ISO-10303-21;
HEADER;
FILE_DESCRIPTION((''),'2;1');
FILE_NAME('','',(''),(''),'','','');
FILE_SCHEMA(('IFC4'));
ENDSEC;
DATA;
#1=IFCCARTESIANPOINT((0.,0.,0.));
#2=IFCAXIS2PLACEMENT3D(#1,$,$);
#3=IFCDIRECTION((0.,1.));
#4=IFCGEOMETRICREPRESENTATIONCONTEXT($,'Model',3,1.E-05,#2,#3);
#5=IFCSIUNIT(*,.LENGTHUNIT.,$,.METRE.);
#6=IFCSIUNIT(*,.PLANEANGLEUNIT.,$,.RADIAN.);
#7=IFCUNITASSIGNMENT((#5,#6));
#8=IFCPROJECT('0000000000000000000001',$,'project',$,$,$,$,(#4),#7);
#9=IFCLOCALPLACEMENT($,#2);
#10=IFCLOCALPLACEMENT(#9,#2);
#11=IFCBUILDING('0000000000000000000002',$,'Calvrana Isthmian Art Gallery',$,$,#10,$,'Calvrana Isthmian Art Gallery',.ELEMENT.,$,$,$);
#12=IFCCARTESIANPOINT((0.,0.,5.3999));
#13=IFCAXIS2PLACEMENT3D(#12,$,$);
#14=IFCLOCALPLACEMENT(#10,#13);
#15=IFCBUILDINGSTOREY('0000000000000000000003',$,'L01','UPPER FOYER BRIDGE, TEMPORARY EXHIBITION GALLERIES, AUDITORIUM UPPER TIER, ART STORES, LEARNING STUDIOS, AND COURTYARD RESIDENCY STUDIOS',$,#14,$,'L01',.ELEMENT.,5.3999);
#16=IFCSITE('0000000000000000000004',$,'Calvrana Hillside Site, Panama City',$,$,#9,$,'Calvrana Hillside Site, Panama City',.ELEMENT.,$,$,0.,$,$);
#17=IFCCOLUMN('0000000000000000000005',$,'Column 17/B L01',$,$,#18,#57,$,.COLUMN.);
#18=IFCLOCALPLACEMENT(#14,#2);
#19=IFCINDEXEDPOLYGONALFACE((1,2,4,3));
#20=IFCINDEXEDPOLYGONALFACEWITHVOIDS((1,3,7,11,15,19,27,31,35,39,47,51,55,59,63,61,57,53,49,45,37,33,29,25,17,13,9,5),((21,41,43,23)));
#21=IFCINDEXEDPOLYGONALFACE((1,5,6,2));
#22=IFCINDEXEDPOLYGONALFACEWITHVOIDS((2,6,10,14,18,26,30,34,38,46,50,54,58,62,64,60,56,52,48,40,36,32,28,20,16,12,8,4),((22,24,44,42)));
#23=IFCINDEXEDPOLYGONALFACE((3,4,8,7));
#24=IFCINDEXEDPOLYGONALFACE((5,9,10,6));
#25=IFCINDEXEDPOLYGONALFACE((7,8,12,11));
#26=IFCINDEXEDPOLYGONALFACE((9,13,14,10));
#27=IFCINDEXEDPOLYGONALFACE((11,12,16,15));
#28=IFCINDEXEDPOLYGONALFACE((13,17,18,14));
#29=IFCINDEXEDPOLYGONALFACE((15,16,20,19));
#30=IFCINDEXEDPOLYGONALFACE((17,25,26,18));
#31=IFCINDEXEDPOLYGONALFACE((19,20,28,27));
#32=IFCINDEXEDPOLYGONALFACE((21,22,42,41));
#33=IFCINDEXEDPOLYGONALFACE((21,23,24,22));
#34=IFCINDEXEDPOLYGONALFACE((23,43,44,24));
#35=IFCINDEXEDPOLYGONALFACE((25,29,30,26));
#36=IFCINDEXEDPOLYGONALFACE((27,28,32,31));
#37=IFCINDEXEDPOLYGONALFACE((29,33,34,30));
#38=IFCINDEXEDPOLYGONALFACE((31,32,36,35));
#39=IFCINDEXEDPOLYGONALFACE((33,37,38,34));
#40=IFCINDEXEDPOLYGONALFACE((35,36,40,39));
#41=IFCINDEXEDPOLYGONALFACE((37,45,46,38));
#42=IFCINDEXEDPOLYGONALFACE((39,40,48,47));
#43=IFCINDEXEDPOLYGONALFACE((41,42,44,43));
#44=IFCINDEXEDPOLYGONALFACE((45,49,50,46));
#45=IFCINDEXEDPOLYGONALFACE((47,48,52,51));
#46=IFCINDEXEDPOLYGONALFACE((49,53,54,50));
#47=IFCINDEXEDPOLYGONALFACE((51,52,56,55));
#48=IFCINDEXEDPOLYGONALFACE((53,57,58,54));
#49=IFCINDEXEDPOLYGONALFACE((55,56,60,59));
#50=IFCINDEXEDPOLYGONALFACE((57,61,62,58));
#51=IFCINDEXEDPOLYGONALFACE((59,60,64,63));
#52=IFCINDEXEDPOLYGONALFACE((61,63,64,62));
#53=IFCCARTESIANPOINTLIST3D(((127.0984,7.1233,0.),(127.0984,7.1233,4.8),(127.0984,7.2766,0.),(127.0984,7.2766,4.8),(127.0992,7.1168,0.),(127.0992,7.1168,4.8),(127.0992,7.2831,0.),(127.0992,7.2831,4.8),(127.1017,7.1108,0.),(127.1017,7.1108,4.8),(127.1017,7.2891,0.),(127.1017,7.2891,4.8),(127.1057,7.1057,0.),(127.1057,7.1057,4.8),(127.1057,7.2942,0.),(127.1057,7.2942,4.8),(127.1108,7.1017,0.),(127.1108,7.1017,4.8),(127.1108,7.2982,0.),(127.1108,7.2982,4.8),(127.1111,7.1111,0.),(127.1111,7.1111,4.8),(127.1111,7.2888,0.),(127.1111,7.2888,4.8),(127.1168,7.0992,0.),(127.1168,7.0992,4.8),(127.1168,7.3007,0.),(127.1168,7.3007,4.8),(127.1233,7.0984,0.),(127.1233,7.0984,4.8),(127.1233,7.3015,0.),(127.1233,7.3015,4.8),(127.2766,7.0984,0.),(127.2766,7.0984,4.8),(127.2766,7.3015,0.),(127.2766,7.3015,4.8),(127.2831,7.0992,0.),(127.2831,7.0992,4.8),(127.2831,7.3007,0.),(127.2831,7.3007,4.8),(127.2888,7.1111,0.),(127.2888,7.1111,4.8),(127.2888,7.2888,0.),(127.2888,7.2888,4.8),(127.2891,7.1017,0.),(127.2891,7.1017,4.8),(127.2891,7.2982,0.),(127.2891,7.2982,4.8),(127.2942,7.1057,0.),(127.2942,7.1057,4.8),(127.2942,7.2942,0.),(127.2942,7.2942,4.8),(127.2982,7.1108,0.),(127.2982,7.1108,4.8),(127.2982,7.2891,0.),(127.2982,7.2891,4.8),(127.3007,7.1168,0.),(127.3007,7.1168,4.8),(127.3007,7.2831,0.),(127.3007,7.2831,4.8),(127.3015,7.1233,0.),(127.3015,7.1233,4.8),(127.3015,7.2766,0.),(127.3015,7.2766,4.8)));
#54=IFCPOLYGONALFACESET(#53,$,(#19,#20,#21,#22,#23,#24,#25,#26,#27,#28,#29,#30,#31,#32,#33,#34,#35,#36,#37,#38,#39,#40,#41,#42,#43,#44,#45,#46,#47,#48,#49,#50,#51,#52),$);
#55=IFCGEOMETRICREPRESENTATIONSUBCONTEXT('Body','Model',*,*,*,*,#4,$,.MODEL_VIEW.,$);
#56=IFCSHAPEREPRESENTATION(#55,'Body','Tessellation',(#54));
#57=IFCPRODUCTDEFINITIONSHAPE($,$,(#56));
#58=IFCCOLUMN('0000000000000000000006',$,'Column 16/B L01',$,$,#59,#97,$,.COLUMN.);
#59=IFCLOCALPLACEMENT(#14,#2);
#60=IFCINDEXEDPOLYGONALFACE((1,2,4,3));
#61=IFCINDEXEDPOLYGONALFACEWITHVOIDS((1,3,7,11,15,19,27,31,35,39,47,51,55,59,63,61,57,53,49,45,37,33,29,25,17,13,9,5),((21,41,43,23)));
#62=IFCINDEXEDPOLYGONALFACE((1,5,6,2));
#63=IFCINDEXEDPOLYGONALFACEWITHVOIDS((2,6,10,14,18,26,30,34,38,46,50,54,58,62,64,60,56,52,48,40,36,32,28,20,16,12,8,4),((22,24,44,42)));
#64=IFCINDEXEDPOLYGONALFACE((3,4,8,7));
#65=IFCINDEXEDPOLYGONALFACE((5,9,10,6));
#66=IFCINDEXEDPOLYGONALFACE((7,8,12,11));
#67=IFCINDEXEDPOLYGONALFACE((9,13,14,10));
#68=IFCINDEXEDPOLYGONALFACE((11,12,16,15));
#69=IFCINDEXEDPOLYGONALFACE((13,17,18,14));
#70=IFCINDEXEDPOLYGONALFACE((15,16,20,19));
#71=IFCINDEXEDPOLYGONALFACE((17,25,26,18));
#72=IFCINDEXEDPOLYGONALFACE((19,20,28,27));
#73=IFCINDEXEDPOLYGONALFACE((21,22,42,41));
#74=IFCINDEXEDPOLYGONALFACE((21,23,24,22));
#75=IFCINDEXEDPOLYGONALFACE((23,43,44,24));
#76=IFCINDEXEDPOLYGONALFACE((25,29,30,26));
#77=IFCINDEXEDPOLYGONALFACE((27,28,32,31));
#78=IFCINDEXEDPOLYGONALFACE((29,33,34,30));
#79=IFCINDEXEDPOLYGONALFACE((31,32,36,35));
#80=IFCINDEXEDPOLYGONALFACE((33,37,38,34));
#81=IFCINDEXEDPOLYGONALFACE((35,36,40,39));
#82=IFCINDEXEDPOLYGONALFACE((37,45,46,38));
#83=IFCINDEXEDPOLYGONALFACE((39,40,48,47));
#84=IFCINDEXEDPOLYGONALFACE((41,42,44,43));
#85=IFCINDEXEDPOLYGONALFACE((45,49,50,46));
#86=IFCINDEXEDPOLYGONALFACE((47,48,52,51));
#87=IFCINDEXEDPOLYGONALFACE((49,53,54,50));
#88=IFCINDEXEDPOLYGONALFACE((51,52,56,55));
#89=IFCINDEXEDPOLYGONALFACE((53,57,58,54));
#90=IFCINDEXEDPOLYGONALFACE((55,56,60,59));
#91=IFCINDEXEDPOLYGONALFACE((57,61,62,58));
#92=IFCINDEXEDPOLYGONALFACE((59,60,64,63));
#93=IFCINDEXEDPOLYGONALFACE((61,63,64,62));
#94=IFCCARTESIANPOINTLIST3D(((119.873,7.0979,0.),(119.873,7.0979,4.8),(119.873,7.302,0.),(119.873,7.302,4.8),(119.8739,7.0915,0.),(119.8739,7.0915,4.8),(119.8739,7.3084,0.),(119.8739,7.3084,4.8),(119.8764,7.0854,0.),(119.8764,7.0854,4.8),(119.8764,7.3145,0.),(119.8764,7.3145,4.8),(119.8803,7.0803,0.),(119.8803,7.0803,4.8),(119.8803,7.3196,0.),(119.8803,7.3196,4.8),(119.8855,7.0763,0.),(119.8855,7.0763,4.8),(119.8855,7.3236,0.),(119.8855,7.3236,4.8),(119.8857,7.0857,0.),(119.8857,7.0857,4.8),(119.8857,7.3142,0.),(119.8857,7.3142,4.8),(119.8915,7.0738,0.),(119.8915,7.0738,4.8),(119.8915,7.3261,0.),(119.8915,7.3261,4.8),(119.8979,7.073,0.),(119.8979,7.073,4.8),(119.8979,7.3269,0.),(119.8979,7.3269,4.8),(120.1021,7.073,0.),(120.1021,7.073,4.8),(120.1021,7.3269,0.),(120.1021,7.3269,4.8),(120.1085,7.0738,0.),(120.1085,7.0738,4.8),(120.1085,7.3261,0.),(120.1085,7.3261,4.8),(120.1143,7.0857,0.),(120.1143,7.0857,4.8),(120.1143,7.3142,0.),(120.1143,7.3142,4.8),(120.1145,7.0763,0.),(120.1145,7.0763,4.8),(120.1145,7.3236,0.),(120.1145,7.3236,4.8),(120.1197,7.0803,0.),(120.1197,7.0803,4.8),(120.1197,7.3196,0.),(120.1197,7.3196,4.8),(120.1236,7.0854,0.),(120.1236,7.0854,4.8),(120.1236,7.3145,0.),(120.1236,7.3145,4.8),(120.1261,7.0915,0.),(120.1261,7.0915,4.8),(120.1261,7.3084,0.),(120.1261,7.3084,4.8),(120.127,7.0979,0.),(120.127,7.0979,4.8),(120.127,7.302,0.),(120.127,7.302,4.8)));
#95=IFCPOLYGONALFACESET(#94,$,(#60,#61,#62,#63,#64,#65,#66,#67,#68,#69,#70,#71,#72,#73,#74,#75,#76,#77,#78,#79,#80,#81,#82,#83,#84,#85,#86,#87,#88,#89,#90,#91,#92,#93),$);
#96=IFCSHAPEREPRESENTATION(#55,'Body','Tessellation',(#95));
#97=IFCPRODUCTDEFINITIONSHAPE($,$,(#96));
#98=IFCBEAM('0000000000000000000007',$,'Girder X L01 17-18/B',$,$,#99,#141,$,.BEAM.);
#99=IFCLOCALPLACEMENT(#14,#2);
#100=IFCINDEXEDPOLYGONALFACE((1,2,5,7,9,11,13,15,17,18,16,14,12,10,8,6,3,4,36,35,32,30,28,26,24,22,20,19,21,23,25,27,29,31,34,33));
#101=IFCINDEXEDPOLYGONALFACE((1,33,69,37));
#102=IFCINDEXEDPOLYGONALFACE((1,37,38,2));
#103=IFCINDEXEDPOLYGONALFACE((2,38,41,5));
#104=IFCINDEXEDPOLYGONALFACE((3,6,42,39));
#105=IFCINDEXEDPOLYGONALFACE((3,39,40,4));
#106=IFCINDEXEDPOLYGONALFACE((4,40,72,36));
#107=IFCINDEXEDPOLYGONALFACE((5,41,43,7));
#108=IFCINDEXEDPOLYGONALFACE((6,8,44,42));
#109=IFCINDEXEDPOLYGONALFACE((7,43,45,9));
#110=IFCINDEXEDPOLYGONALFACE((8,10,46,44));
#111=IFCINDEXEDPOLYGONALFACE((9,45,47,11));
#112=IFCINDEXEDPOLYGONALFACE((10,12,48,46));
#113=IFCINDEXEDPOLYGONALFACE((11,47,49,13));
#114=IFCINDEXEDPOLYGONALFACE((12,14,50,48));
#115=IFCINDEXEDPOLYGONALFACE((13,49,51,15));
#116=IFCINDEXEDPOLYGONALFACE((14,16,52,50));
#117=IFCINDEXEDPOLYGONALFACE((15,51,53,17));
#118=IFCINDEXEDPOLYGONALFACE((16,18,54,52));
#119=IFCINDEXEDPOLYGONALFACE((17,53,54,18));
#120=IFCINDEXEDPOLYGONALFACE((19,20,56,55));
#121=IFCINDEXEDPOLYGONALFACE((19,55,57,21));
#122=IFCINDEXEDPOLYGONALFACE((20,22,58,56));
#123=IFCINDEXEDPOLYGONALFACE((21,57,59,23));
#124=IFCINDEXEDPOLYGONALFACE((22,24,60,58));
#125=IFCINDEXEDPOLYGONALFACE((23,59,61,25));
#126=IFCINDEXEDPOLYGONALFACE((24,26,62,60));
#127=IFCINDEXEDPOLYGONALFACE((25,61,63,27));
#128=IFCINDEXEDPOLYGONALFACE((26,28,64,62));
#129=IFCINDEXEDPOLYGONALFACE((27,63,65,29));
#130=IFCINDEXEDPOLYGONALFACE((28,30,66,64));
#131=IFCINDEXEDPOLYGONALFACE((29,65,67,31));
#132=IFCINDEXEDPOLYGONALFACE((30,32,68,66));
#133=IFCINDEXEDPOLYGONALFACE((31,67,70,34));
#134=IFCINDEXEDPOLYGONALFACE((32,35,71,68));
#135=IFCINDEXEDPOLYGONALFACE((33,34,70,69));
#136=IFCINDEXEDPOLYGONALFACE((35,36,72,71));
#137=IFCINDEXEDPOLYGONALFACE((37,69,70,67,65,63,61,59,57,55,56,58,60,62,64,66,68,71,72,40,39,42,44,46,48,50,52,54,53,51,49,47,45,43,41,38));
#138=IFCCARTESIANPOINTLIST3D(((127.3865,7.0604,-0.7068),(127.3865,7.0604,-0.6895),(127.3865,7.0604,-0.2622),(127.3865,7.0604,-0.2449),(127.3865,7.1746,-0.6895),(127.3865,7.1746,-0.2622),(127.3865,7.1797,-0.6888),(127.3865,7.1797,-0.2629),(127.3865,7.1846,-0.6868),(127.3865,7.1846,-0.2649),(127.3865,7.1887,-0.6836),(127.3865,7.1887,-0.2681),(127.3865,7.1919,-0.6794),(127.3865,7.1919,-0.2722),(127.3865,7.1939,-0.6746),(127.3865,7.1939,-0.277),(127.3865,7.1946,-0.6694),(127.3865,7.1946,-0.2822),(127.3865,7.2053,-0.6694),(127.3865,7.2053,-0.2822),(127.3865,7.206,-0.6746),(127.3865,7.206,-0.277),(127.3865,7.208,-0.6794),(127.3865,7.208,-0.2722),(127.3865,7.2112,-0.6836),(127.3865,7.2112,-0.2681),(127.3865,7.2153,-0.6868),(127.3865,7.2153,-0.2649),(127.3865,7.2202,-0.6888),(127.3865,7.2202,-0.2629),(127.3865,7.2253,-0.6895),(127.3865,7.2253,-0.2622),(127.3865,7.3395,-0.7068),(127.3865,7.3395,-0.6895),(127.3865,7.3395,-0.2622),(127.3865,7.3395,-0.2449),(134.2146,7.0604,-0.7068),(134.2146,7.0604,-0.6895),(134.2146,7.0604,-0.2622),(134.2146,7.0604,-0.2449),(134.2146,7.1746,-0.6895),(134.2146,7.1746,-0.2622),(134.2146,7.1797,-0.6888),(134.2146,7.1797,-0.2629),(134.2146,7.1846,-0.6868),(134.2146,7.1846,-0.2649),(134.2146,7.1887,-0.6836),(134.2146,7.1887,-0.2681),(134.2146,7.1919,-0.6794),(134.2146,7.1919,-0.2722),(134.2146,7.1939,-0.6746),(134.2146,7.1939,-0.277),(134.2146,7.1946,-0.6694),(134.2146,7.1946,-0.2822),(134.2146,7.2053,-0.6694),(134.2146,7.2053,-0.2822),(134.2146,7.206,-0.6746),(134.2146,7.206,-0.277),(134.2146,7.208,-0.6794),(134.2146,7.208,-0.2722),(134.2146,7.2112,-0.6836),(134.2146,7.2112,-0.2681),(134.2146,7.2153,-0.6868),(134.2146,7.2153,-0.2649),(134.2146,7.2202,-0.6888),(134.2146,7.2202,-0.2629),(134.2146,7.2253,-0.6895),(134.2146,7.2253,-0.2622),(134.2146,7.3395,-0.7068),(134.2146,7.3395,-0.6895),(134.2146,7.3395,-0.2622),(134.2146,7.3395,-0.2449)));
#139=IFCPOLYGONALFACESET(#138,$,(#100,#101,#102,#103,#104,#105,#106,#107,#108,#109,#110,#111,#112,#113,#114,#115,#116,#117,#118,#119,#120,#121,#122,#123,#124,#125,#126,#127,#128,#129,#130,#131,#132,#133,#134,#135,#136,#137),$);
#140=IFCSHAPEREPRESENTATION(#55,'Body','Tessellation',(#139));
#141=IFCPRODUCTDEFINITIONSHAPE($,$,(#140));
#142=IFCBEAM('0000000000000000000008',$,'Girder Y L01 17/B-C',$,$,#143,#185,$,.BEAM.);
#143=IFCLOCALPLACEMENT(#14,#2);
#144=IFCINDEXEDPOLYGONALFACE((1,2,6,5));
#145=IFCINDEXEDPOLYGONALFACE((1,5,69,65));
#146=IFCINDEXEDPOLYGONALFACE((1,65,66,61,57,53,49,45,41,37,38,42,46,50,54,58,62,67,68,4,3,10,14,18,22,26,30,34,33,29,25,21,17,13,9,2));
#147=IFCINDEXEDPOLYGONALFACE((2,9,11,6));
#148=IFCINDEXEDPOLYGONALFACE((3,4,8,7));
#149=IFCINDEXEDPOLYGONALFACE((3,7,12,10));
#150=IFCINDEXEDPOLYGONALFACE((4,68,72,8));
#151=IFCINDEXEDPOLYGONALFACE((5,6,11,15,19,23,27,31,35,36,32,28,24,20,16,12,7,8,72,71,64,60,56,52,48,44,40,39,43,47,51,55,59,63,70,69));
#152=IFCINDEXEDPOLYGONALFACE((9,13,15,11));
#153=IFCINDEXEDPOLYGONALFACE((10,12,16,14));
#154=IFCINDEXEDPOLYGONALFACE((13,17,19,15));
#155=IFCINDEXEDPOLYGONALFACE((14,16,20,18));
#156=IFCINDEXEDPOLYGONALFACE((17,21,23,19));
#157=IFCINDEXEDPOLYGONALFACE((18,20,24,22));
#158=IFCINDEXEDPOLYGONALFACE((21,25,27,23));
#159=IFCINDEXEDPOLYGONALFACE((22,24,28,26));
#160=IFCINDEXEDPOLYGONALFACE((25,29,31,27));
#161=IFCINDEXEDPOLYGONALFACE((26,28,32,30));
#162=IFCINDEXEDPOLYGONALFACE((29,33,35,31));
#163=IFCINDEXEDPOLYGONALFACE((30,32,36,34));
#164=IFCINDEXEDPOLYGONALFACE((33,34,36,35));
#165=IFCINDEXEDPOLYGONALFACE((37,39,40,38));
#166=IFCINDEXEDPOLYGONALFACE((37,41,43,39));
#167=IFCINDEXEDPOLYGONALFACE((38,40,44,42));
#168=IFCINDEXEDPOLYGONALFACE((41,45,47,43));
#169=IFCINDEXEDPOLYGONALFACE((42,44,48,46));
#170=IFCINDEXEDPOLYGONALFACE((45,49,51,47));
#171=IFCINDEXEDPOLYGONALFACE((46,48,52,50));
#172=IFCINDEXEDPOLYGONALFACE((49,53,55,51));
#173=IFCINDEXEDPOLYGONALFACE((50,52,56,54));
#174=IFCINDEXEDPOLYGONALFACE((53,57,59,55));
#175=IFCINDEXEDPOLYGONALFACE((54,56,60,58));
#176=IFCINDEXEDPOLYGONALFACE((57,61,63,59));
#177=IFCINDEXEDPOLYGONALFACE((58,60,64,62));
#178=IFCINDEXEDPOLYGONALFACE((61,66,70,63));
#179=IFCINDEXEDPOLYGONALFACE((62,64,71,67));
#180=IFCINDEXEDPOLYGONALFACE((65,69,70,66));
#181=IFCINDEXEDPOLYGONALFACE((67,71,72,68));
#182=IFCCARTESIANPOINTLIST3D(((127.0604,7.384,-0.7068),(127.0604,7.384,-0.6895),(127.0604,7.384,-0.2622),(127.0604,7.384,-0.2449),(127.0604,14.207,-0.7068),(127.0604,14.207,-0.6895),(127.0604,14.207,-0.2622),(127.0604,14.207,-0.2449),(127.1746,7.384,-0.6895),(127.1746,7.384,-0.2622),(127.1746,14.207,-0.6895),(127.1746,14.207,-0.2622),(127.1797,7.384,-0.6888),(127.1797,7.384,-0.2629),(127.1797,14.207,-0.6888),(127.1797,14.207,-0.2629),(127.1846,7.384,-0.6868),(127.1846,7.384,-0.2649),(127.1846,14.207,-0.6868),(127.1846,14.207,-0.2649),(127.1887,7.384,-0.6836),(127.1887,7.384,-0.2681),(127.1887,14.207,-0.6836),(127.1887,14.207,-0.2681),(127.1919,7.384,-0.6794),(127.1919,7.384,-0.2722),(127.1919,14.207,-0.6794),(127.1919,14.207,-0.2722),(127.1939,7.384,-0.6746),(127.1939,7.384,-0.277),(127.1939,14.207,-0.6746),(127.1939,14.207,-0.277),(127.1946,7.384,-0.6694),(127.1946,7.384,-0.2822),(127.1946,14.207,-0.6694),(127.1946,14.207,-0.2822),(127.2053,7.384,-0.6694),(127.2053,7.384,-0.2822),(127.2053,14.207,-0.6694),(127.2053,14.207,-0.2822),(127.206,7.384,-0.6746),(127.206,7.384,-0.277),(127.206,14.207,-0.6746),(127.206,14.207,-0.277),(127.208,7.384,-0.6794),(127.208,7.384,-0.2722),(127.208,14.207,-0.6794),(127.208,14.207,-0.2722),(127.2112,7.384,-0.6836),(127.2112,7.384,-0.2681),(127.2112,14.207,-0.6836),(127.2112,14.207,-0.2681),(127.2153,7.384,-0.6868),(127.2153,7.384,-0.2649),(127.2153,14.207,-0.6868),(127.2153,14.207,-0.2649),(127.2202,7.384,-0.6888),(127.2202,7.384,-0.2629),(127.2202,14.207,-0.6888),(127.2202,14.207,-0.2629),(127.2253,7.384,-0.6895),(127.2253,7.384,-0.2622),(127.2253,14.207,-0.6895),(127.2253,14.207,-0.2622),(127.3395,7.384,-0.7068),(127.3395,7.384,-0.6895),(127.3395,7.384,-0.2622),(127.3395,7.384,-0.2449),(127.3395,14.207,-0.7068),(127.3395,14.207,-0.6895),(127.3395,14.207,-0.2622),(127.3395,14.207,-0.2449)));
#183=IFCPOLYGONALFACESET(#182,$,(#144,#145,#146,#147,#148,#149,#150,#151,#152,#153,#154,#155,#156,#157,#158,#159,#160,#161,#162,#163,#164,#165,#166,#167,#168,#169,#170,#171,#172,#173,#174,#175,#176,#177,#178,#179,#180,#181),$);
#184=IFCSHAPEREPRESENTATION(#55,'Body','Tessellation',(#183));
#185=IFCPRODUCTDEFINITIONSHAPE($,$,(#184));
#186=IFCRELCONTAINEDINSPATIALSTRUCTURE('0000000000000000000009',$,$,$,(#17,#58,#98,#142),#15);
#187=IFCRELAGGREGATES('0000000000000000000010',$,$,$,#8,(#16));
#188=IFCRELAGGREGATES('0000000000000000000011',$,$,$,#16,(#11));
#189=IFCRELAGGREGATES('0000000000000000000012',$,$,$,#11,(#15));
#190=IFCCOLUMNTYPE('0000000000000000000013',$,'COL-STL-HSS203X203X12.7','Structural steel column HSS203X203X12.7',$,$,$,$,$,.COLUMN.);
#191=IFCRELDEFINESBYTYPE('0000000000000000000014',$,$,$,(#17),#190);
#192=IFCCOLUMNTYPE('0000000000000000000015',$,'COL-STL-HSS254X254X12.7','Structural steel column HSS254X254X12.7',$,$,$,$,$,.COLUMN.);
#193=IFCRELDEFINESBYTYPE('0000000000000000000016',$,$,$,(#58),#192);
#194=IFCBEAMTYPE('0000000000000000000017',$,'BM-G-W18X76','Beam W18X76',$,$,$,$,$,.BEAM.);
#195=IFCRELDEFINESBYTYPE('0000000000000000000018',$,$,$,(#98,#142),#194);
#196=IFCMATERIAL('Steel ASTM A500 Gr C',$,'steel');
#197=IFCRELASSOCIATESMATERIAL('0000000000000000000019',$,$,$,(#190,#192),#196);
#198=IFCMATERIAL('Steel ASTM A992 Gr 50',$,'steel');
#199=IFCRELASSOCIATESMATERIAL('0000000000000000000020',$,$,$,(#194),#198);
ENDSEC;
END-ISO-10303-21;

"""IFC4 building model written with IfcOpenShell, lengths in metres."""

from ifc_helpers import new_model, si_unit, direction, frame, origin, origin_2d, place, context, subcontext, project, spatial, hollow_rectangle, i_section, extrude, material, material_profile, profile_set, type_object, element, save


model = new_model("IFC4")

# Units and contexts
model_context = context("Model", 3, precision=1e-05, world=origin(), true_north=direction((0.0, 1.0)))
body_context = subcontext(model_context, "Body", "Model", "MODEL_VIEW")
ifc_project = project(units=[si_unit("LENGTHUNIT", "METRE"), si_unit("PLANEANGLEUNIT", "RADIAN")], contexts=[model_context])

# Site, building, storey
site_placement = place(None, origin())
site = spatial("IfcSite", under=ifc_project, at=site_placement, Name="Calvrana Hillside Site, Panama City", LongName="Calvrana Hillside Site, Panama City", CompositionType="ELEMENT", RefElevation=0.0)
building_placement = place(site_placement, origin())
building = spatial("IfcBuilding", under=site, at=building_placement, Name="Calvrana Isthmian Art Gallery", LongName="Calvrana Isthmian Art Gallery", CompositionType="ELEMENT")
storey_placement = place(building_placement, frame((0.0, 0.0, 5.3999)))
storey = spatial("IfcBuildingStorey", under=building, at=storey_placement, Name="L01", Description="UPPER FOYER BRIDGE, TEMPORARY EXHIBITION GALLERIES, AUDITORIUM UPPER TIER, ART STORES, LEARNING STUDIOS, AND COURTYARD RESIDENCY STUDIOS", LongName="L01", CompositionType="ELEMENT", Elevation=5.3999)

# Columns
ifc_material_1 = material(Name="Steel ASTM A500 Gr C", Category="steel")
ifc_material_profile_1 = material_profile(ifc_material_1, hollow_rectangle(XDim=0.2031, YDim=0.2031, WallThickness=0.0127, OuterFilletRadius=0.0249, at=origin_2d()), Name="HSS203X203X12.7")
ifc_profile_set_1 = profile_set([ifc_material_profile_1], Name="Steel ASTM A500 Gr C")
column_type_1 = type_object("IfcColumnType", Name="COL-STL-HSS203X203X12.7", Description="Structural steel column HSS203X203X12.7", PredefinedType="COLUMN", material=ifc_profile_set_1)
column_1_placement = place(storey_placement, frame((127.2, 7.2, 0.0), z_axis=(0.0, 0.0, 1.0), x_axis=(1.0, 0.0, 0.0)))
element("IfcColumn", 1, at=column_1_placement, inside=storey, type_object=column_type_1, Name="Column 17/B L01", PredefinedType="COLUMN", context=body_context, shape_type="SweptSolid", body=[
    extrude(hollow_rectangle(XDim=0.2031, YDim=0.2031, WallThickness=0.0127, OuterFilletRadius=0.0249, at=origin_2d()), origin(), (0.0, 0.0, 1.0), 4.8),
])
ifc_material_profile_2 = material_profile(ifc_material_1, hollow_rectangle(XDim=0.2539, YDim=0.2539, WallThickness=0.0127, OuterFilletRadius=0.0249, at=origin_2d()), Name="HSS254X254X12.7")
ifc_profile_set_2 = profile_set([ifc_material_profile_2], Name="Steel ASTM A500 Gr C")
column_type_2 = type_object("IfcColumnType", Name="COL-STL-HSS254X254X12.7", Description="Structural steel column HSS254X254X12.7", PredefinedType="COLUMN", material=ifc_profile_set_2)
column_2_placement = place(storey_placement, frame((120.0, 7.2, 0.0), z_axis=(0.0, 0.0, 1.0), x_axis=(1.0, 0.0, 0.0)))
element("IfcColumn", 2, at=column_2_placement, inside=storey, type_object=column_type_2, Name="Column 16/B L01", PredefinedType="COLUMN", context=body_context, shape_type="SweptSolid", body=[
    extrude(hollow_rectangle(XDim=0.2539, YDim=0.2539, WallThickness=0.0127, OuterFilletRadius=0.0249, at=origin_2d()), origin(), (0.0, 0.0, 1.0), 4.8),
])

# Beams
ifc_material_2 = material(Name="Steel ASTM A992 Gr 50", Category="steel")
ifc_material_profile_3 = material_profile(ifc_material_2, i_section(OverallWidth=0.2791, OverallDepth=0.4619, WebThickness=0.0107, FlangeThickness=0.0173, FilletRadius=0.02, at=origin_2d()), Name="W18X76")
ifc_profile_set_3 = profile_set([ifc_material_profile_3], Name="Steel ASTM A992 Gr 50")
beam_type_1 = type_object("IfcBeamType", Name="BM-G-W18X76", Description="Beam W18X76", PredefinedType="BEAM", material=ifc_profile_set_3)
beam_1_placement = place(storey_placement, frame((127.3865, 7.2, -0.4758), z_axis=(1.0, 0.0, 0.0), x_axis=(0.0, 1.0, 0.0)))
element("IfcBeam", 3, at=beam_1_placement, inside=storey, type_object=beam_type_1, Name="Girder X L01 17-18/B", PredefinedType="BEAM", context=body_context, shape_type="SweptSolid", body=[
    extrude(i_section(OverallWidth=0.2791, OverallDepth=0.4619, WebThickness=0.0107, FlangeThickness=0.0173, FilletRadius=0.02, at=origin_2d()), origin(), (0.0, 0.0, 1.0), 6.8281),
])
beam_2_placement = place(storey_placement, frame((127.2, 7.384, -0.4758), z_axis=(0.0, 1.0, 0.0), x_axis=(-1.0, 0.0, 0.0)))
element("IfcBeam", 4, at=beam_2_placement, inside=storey, type_object=beam_type_1, Name="Girder Y L01 17/B-C", PredefinedType="BEAM", context=body_context, shape_type="SweptSolid", body=[
    extrude(i_section(OverallWidth=0.2791, OverallDepth=0.4619, WebThickness=0.0107, FlangeThickness=0.0173, FilletRadius=0.02, at=origin_2d()), origin(), (0.0, 0.0, 1.0), 6.823),
])

save(model, "model.ifc")
